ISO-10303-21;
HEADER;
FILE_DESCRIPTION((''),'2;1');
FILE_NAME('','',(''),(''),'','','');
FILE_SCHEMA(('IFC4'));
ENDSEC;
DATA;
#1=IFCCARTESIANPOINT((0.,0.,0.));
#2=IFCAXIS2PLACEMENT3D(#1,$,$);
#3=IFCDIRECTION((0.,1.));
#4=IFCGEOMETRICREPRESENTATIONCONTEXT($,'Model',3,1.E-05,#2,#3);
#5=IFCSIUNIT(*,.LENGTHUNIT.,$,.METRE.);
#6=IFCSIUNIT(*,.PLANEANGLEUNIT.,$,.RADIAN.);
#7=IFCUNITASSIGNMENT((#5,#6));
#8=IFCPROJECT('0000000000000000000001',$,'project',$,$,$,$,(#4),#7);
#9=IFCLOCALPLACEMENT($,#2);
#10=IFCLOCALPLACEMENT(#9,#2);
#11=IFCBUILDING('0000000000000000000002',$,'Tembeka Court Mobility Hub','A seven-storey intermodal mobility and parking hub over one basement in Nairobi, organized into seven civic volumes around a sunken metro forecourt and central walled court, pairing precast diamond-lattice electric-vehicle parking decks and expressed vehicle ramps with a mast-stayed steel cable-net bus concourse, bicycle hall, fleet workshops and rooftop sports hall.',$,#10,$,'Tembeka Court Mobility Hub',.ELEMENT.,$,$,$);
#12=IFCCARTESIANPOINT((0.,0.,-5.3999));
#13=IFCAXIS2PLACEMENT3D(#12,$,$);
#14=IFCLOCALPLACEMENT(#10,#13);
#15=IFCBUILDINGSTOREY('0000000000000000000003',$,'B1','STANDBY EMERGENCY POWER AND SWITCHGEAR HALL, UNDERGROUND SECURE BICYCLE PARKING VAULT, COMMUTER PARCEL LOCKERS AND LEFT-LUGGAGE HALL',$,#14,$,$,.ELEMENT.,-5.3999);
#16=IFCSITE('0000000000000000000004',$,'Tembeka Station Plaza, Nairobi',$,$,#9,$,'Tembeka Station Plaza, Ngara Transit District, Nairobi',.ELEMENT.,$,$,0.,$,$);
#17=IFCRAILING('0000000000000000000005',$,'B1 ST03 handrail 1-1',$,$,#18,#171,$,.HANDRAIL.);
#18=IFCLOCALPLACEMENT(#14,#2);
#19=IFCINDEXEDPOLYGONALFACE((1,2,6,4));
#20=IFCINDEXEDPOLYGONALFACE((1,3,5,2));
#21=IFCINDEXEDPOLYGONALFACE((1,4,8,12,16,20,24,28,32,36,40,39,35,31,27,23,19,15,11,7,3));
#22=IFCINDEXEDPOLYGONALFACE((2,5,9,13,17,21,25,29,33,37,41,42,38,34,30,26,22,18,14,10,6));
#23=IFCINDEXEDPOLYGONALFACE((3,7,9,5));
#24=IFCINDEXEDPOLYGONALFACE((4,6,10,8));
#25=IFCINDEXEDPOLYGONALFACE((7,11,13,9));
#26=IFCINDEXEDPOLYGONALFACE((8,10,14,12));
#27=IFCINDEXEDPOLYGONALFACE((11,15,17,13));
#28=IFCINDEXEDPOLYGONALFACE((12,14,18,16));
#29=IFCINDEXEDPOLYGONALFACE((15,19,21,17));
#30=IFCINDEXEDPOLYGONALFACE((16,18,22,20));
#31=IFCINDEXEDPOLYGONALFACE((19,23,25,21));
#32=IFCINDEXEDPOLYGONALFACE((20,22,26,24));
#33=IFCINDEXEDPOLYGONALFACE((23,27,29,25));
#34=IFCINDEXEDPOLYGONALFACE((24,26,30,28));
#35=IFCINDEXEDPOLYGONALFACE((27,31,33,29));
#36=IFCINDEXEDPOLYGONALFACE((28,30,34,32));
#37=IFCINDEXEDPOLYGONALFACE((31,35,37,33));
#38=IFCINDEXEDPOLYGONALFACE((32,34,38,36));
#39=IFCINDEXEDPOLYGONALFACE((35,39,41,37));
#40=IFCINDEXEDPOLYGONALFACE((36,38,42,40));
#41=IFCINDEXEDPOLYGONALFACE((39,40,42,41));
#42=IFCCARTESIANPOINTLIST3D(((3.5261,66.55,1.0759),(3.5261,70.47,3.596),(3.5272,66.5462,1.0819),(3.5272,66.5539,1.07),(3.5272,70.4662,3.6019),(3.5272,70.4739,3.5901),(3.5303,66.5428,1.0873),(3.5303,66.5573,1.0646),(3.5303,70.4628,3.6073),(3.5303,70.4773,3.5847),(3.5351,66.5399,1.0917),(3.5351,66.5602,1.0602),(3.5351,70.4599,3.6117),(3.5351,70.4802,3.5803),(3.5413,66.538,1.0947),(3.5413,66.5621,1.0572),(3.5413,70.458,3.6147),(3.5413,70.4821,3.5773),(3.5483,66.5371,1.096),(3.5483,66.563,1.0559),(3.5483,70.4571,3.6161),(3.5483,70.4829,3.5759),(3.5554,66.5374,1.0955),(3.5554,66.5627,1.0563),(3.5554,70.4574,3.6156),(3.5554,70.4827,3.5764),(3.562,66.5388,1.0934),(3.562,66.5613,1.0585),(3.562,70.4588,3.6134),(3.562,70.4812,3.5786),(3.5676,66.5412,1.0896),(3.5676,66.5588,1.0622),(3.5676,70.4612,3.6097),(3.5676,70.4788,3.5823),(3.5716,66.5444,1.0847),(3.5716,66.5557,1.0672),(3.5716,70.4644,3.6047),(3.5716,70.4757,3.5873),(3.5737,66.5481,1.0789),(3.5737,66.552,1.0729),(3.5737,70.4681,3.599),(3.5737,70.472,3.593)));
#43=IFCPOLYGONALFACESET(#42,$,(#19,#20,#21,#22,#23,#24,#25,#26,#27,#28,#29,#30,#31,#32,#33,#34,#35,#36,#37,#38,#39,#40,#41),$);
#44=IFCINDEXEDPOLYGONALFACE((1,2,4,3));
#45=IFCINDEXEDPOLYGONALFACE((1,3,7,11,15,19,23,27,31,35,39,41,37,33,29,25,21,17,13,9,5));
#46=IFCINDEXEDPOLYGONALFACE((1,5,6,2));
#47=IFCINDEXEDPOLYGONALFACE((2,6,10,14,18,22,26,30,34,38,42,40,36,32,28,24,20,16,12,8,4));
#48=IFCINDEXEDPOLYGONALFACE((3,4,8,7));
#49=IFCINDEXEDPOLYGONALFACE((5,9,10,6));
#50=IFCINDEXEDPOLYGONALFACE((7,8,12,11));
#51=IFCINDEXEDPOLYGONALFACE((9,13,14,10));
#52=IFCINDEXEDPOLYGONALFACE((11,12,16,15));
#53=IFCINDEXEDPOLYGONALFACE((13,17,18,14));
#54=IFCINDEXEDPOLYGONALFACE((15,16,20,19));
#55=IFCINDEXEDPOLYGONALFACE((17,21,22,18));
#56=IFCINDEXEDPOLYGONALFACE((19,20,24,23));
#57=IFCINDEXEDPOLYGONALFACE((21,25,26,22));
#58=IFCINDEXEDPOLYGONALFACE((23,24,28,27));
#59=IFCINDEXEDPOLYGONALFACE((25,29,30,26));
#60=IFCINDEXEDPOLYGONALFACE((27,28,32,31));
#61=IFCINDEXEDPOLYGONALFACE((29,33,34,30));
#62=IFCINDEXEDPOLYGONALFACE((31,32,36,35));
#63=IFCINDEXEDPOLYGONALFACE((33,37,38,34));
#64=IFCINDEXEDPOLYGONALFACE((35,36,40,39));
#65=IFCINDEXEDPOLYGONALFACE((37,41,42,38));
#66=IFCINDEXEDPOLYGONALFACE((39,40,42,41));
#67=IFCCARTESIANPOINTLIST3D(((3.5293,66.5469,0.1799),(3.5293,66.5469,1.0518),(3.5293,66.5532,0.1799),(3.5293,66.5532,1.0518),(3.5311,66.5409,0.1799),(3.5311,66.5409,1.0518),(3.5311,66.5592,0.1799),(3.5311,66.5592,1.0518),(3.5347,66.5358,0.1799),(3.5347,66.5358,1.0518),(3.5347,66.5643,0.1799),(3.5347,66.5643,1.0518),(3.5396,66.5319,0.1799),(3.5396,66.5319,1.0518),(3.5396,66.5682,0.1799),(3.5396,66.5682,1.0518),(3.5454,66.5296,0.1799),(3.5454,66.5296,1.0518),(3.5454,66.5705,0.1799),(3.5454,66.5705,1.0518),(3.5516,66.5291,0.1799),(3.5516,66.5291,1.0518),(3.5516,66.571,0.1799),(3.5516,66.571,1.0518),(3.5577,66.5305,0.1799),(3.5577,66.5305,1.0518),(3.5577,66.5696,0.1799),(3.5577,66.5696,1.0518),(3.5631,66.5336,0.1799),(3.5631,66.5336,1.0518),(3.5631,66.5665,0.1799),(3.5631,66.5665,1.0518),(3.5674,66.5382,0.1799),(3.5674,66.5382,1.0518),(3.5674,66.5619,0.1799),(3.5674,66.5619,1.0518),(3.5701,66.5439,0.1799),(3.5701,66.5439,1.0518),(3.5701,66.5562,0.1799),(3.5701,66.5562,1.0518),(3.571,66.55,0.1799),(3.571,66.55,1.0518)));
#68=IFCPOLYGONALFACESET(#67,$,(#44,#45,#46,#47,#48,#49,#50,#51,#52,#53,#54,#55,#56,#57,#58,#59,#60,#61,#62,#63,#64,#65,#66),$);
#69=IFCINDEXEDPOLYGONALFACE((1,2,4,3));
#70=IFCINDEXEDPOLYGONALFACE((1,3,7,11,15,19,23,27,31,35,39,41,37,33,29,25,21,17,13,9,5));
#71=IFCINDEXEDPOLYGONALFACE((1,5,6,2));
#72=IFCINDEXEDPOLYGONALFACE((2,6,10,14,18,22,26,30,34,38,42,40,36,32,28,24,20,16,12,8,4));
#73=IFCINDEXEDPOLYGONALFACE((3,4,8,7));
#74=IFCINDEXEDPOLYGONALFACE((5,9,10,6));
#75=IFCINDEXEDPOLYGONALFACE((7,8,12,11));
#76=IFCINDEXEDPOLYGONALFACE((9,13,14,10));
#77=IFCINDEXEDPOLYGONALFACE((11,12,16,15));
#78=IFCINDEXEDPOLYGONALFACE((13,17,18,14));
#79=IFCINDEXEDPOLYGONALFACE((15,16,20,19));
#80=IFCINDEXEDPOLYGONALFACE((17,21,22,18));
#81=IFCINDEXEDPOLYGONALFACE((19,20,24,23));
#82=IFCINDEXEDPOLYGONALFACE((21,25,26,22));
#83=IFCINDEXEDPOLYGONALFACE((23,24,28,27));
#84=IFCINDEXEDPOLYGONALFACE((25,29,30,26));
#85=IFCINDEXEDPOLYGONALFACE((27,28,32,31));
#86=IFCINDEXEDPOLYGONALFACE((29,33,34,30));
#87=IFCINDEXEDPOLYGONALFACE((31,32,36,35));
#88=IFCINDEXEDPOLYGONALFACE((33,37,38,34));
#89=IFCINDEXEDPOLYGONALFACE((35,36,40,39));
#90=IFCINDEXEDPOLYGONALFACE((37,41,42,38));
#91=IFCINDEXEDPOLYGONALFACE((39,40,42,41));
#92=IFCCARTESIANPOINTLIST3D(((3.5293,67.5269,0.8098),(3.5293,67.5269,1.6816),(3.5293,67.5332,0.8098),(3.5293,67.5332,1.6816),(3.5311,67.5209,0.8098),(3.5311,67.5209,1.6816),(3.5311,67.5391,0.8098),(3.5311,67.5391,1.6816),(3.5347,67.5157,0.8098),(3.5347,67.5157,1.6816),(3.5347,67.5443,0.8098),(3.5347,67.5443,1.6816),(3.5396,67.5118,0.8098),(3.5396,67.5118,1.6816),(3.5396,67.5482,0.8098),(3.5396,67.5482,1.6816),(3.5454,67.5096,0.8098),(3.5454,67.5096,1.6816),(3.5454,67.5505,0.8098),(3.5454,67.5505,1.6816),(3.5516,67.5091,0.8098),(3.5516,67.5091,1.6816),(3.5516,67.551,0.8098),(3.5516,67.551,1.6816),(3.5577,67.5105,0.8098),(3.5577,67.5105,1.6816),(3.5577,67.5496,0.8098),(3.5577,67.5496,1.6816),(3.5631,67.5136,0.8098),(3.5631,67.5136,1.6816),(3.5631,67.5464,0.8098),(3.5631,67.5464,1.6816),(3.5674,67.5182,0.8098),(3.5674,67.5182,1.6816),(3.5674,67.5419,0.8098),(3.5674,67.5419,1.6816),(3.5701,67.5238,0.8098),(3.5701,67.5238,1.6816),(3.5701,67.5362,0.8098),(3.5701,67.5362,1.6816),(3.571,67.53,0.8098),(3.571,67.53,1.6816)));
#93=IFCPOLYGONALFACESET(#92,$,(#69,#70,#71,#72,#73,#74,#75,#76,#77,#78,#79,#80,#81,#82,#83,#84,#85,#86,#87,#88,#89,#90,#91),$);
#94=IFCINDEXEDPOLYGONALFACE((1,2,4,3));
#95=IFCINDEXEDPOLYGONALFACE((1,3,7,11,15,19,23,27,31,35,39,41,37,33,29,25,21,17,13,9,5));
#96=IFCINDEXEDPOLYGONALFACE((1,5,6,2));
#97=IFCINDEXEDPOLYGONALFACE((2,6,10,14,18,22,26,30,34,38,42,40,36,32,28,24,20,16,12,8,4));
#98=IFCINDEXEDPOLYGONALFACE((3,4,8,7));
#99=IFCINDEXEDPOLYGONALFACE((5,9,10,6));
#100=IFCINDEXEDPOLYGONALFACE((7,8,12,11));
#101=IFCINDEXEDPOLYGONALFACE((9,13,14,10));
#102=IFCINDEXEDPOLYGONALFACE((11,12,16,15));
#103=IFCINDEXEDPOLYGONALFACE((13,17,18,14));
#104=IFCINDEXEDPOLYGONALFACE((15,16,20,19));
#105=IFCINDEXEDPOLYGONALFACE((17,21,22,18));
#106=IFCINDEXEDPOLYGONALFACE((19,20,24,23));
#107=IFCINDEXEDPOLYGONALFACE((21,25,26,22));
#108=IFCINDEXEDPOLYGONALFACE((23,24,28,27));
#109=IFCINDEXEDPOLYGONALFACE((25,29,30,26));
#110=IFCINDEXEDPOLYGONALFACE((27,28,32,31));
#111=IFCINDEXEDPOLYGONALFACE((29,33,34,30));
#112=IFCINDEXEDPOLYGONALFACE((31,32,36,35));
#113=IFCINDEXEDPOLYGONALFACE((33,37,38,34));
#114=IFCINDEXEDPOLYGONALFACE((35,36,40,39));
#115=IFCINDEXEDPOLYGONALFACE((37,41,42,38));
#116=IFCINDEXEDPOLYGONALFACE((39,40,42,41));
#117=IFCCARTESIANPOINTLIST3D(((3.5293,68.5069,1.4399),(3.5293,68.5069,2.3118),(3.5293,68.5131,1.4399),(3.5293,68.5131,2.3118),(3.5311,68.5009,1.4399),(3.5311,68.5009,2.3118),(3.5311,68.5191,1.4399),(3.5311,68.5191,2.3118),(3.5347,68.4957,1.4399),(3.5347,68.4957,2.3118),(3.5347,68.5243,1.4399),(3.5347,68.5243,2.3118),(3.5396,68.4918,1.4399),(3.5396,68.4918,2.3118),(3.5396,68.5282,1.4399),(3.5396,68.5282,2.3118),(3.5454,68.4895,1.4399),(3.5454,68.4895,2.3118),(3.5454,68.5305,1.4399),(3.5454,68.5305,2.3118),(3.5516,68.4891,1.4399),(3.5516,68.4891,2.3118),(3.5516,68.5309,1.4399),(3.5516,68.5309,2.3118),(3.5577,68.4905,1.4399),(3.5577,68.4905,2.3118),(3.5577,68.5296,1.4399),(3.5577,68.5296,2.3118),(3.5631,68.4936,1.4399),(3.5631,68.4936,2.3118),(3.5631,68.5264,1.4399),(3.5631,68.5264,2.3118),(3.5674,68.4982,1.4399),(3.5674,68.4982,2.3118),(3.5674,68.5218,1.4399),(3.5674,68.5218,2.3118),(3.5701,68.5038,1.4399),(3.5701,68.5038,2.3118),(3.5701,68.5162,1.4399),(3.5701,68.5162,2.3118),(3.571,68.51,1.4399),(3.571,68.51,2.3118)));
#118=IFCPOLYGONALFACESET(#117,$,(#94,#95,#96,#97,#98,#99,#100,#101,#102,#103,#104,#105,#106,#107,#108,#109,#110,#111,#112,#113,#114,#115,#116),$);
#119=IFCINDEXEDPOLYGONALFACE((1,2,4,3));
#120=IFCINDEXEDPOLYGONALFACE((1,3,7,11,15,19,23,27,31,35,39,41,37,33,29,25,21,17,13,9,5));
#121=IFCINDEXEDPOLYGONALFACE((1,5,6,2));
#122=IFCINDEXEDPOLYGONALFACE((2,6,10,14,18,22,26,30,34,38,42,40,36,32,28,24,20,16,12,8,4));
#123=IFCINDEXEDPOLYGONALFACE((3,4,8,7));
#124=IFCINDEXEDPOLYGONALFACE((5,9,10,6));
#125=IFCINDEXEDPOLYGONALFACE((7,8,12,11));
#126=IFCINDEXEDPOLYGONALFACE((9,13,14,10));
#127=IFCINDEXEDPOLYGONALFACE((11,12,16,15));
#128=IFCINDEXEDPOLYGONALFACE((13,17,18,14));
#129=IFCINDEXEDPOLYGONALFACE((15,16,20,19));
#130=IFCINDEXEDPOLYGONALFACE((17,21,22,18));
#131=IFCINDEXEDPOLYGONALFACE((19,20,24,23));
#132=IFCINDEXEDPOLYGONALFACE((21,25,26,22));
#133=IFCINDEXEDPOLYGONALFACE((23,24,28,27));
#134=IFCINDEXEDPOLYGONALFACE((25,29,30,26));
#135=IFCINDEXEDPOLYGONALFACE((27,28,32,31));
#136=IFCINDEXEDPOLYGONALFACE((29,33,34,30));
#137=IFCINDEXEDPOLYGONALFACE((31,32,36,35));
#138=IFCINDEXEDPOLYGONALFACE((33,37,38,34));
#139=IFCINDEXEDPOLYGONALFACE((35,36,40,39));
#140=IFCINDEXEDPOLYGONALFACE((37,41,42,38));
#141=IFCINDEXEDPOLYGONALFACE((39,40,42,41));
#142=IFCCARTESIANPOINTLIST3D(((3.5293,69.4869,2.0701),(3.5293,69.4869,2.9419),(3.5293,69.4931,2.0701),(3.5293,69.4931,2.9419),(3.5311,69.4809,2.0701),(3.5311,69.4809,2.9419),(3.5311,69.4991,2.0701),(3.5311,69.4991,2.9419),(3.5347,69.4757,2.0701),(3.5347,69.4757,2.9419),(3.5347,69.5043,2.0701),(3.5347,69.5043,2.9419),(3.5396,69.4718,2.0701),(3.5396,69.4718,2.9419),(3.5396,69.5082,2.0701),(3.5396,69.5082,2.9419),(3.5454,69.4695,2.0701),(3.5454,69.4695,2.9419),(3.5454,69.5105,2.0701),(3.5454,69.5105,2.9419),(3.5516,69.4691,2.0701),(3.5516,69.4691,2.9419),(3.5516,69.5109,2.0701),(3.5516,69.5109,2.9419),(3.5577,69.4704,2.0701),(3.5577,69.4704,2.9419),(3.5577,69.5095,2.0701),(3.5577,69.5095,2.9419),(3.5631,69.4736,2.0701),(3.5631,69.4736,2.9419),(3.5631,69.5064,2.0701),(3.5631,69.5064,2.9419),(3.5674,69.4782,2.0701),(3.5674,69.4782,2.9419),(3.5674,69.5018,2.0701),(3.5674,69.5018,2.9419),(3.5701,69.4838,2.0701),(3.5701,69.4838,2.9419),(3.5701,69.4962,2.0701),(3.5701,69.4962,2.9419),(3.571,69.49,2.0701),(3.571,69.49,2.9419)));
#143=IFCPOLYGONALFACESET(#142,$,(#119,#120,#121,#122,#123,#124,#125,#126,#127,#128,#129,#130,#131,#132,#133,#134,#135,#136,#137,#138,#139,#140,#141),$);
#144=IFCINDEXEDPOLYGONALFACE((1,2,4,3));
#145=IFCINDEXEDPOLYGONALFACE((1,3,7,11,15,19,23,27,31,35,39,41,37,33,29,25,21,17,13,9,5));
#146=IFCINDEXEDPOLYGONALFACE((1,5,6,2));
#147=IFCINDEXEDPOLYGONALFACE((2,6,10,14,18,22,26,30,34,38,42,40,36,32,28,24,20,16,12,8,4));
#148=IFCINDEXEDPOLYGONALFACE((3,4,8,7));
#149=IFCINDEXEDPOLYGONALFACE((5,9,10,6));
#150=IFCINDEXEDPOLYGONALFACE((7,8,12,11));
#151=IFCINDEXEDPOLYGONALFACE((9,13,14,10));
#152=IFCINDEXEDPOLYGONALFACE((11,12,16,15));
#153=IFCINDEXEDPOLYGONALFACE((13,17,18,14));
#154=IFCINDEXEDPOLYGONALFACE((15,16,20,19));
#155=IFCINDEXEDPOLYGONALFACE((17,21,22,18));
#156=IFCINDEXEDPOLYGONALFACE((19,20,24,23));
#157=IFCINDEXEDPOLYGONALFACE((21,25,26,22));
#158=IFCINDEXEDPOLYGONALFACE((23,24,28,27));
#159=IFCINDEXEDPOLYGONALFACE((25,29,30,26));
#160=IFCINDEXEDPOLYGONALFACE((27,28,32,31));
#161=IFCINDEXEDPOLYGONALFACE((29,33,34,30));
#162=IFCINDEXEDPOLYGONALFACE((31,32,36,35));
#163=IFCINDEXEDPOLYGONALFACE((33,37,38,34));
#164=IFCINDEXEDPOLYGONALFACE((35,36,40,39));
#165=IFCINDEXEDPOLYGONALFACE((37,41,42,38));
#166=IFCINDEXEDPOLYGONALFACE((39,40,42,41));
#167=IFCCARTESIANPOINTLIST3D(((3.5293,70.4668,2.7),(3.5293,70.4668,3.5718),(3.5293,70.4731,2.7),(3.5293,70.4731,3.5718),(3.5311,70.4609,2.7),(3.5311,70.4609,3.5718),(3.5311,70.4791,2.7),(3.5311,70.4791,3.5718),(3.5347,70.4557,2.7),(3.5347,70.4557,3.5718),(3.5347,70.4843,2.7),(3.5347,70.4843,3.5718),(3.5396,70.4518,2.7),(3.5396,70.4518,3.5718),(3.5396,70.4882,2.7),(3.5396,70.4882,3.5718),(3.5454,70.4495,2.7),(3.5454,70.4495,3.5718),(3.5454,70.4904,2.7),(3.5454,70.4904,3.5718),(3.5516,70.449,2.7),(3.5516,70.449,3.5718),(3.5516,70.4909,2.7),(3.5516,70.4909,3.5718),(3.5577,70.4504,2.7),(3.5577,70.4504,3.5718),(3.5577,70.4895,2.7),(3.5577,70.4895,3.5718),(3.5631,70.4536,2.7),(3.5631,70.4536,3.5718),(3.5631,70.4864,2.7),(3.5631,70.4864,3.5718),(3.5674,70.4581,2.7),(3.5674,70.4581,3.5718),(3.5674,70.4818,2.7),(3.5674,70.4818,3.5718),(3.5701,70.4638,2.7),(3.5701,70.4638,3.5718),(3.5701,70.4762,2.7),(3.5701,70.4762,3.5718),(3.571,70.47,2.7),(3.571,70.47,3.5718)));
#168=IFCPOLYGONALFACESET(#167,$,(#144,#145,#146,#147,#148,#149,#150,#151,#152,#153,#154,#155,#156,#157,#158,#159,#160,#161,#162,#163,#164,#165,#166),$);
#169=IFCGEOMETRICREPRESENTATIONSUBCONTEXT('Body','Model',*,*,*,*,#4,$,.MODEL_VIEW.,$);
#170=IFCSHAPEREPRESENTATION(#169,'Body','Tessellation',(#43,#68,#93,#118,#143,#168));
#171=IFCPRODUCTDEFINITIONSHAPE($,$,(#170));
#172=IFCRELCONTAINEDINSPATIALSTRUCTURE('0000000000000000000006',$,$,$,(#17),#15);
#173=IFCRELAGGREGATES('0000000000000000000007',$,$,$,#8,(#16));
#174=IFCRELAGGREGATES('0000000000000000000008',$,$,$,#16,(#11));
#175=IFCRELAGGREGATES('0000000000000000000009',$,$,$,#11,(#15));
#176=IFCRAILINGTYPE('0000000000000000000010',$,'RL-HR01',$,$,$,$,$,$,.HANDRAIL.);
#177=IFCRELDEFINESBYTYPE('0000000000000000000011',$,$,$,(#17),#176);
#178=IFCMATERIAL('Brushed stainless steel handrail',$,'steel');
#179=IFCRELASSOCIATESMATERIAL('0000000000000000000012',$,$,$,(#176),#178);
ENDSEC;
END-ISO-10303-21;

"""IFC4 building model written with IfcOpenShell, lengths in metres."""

from ifc_helpers import new_model, si_unit, direction, frame, origin, origin_2d, place, context, subcontext, project, spatial, circle, extrude, material, type_object, element, save


model = new_model("IFC4")

# Units and contexts
model_context = context("Model", 3, precision=1e-05, world=origin(), true_north=direction((0.0, 1.0)))
body_context = subcontext(model_context, "Body", "Model", "MODEL_VIEW")
ifc_project = project(units=[si_unit("LENGTHUNIT", "METRE"), si_unit("PLANEANGLEUNIT", "RADIAN")], contexts=[model_context])

# Site, building, storey
site_placement = place(None, origin())
site = spatial("IfcSite", under=ifc_project, at=site_placement, Name="Tembeka Station Plaza, Nairobi", LongName="Tembeka Station Plaza, Ngara Transit District, Nairobi", CompositionType="ELEMENT", RefElevation=0.0)
building_placement = place(site_placement, origin())
building = spatial("IfcBuilding", under=site, at=building_placement, Name="Tembeka Court Mobility Hub", Description="A seven-storey intermodal mobility and parking hub over one basement in Nairobi, organized into seven civic volumes around a sunken metro forecourt and central walled court, pairing precast diamond-lattice electric-vehicle parking decks and expressed vehicle ramps with a mast-stayed steel cable-net bus concourse, bicycle hall, fleet workshops and rooftop sports hall.", LongName="Tembeka Court Mobility Hub", CompositionType="ELEMENT")
storey_placement = place(building_placement, frame((0.0, 0.0, -5.3999)))
storey = spatial("IfcBuildingStorey", under=building, at=storey_placement, Name="B1", Description="STANDBY EMERGENCY POWER AND SWITCHGEAR HALL, UNDERGROUND SECURE BICYCLE PARKING VAULT, COMMUTER PARCEL LOCKERS AND LEFT-LUGGAGE HALL", CompositionType="ELEMENT", Elevation=-5.3999)

# Railing
ifc_material_1 = material(Name="Brushed stainless steel handrail", Category="steel")
railing_type_1 = type_object("IfcRailingType", Name="RL-HR01", PredefinedType="HANDRAIL", material=ifc_material_1)
railing_1_placement = place(storey_placement, frame((3.55, 66.55, 0.1799)))
element("IfcRailing", 1, at=railing_1_placement, inside=storey, type_object=railing_type_1, Name="B1 ST03 handrail 1-1", PredefinedType="HANDRAIL", context=body_context, shape_type="SweptSolid", body=[
    extrude(circle(Radius=0.0239, at=origin_2d()), frame((0.0, 0.0, 0.896), z_axis=(0.0, 0.841172, 0.540768), x_axis=(-1.0, 0.0, 0.0)), (0.0, 0.0, 1.0), 4.6602),
    extrude(circle(Radius=0.021, at=origin_2d()), origin(), (0.0, 0.0, 1.0), 0.8718),
    extrude(circle(Radius=0.021, at=origin_2d()), frame((0.0, 0.98, 0.6299)), (0.0, 0.0, 1.0), 0.8718),
    extrude(circle(Radius=0.021, at=origin_2d()), frame((0.0, 1.96, 1.26)), (0.0, 0.0, 1.0), 0.8718),
    extrude(circle(Radius=0.021, at=origin_2d()), frame((0.0, 2.9399, 1.8901)), (0.0, 0.0, 1.0), 0.8718),
    extrude(circle(Radius=0.021, at=origin_2d()), frame((0.0, 3.9199, 2.52)), (0.0, 0.0, 1.0), 0.8718),
])

save(model, "model.ifc")
